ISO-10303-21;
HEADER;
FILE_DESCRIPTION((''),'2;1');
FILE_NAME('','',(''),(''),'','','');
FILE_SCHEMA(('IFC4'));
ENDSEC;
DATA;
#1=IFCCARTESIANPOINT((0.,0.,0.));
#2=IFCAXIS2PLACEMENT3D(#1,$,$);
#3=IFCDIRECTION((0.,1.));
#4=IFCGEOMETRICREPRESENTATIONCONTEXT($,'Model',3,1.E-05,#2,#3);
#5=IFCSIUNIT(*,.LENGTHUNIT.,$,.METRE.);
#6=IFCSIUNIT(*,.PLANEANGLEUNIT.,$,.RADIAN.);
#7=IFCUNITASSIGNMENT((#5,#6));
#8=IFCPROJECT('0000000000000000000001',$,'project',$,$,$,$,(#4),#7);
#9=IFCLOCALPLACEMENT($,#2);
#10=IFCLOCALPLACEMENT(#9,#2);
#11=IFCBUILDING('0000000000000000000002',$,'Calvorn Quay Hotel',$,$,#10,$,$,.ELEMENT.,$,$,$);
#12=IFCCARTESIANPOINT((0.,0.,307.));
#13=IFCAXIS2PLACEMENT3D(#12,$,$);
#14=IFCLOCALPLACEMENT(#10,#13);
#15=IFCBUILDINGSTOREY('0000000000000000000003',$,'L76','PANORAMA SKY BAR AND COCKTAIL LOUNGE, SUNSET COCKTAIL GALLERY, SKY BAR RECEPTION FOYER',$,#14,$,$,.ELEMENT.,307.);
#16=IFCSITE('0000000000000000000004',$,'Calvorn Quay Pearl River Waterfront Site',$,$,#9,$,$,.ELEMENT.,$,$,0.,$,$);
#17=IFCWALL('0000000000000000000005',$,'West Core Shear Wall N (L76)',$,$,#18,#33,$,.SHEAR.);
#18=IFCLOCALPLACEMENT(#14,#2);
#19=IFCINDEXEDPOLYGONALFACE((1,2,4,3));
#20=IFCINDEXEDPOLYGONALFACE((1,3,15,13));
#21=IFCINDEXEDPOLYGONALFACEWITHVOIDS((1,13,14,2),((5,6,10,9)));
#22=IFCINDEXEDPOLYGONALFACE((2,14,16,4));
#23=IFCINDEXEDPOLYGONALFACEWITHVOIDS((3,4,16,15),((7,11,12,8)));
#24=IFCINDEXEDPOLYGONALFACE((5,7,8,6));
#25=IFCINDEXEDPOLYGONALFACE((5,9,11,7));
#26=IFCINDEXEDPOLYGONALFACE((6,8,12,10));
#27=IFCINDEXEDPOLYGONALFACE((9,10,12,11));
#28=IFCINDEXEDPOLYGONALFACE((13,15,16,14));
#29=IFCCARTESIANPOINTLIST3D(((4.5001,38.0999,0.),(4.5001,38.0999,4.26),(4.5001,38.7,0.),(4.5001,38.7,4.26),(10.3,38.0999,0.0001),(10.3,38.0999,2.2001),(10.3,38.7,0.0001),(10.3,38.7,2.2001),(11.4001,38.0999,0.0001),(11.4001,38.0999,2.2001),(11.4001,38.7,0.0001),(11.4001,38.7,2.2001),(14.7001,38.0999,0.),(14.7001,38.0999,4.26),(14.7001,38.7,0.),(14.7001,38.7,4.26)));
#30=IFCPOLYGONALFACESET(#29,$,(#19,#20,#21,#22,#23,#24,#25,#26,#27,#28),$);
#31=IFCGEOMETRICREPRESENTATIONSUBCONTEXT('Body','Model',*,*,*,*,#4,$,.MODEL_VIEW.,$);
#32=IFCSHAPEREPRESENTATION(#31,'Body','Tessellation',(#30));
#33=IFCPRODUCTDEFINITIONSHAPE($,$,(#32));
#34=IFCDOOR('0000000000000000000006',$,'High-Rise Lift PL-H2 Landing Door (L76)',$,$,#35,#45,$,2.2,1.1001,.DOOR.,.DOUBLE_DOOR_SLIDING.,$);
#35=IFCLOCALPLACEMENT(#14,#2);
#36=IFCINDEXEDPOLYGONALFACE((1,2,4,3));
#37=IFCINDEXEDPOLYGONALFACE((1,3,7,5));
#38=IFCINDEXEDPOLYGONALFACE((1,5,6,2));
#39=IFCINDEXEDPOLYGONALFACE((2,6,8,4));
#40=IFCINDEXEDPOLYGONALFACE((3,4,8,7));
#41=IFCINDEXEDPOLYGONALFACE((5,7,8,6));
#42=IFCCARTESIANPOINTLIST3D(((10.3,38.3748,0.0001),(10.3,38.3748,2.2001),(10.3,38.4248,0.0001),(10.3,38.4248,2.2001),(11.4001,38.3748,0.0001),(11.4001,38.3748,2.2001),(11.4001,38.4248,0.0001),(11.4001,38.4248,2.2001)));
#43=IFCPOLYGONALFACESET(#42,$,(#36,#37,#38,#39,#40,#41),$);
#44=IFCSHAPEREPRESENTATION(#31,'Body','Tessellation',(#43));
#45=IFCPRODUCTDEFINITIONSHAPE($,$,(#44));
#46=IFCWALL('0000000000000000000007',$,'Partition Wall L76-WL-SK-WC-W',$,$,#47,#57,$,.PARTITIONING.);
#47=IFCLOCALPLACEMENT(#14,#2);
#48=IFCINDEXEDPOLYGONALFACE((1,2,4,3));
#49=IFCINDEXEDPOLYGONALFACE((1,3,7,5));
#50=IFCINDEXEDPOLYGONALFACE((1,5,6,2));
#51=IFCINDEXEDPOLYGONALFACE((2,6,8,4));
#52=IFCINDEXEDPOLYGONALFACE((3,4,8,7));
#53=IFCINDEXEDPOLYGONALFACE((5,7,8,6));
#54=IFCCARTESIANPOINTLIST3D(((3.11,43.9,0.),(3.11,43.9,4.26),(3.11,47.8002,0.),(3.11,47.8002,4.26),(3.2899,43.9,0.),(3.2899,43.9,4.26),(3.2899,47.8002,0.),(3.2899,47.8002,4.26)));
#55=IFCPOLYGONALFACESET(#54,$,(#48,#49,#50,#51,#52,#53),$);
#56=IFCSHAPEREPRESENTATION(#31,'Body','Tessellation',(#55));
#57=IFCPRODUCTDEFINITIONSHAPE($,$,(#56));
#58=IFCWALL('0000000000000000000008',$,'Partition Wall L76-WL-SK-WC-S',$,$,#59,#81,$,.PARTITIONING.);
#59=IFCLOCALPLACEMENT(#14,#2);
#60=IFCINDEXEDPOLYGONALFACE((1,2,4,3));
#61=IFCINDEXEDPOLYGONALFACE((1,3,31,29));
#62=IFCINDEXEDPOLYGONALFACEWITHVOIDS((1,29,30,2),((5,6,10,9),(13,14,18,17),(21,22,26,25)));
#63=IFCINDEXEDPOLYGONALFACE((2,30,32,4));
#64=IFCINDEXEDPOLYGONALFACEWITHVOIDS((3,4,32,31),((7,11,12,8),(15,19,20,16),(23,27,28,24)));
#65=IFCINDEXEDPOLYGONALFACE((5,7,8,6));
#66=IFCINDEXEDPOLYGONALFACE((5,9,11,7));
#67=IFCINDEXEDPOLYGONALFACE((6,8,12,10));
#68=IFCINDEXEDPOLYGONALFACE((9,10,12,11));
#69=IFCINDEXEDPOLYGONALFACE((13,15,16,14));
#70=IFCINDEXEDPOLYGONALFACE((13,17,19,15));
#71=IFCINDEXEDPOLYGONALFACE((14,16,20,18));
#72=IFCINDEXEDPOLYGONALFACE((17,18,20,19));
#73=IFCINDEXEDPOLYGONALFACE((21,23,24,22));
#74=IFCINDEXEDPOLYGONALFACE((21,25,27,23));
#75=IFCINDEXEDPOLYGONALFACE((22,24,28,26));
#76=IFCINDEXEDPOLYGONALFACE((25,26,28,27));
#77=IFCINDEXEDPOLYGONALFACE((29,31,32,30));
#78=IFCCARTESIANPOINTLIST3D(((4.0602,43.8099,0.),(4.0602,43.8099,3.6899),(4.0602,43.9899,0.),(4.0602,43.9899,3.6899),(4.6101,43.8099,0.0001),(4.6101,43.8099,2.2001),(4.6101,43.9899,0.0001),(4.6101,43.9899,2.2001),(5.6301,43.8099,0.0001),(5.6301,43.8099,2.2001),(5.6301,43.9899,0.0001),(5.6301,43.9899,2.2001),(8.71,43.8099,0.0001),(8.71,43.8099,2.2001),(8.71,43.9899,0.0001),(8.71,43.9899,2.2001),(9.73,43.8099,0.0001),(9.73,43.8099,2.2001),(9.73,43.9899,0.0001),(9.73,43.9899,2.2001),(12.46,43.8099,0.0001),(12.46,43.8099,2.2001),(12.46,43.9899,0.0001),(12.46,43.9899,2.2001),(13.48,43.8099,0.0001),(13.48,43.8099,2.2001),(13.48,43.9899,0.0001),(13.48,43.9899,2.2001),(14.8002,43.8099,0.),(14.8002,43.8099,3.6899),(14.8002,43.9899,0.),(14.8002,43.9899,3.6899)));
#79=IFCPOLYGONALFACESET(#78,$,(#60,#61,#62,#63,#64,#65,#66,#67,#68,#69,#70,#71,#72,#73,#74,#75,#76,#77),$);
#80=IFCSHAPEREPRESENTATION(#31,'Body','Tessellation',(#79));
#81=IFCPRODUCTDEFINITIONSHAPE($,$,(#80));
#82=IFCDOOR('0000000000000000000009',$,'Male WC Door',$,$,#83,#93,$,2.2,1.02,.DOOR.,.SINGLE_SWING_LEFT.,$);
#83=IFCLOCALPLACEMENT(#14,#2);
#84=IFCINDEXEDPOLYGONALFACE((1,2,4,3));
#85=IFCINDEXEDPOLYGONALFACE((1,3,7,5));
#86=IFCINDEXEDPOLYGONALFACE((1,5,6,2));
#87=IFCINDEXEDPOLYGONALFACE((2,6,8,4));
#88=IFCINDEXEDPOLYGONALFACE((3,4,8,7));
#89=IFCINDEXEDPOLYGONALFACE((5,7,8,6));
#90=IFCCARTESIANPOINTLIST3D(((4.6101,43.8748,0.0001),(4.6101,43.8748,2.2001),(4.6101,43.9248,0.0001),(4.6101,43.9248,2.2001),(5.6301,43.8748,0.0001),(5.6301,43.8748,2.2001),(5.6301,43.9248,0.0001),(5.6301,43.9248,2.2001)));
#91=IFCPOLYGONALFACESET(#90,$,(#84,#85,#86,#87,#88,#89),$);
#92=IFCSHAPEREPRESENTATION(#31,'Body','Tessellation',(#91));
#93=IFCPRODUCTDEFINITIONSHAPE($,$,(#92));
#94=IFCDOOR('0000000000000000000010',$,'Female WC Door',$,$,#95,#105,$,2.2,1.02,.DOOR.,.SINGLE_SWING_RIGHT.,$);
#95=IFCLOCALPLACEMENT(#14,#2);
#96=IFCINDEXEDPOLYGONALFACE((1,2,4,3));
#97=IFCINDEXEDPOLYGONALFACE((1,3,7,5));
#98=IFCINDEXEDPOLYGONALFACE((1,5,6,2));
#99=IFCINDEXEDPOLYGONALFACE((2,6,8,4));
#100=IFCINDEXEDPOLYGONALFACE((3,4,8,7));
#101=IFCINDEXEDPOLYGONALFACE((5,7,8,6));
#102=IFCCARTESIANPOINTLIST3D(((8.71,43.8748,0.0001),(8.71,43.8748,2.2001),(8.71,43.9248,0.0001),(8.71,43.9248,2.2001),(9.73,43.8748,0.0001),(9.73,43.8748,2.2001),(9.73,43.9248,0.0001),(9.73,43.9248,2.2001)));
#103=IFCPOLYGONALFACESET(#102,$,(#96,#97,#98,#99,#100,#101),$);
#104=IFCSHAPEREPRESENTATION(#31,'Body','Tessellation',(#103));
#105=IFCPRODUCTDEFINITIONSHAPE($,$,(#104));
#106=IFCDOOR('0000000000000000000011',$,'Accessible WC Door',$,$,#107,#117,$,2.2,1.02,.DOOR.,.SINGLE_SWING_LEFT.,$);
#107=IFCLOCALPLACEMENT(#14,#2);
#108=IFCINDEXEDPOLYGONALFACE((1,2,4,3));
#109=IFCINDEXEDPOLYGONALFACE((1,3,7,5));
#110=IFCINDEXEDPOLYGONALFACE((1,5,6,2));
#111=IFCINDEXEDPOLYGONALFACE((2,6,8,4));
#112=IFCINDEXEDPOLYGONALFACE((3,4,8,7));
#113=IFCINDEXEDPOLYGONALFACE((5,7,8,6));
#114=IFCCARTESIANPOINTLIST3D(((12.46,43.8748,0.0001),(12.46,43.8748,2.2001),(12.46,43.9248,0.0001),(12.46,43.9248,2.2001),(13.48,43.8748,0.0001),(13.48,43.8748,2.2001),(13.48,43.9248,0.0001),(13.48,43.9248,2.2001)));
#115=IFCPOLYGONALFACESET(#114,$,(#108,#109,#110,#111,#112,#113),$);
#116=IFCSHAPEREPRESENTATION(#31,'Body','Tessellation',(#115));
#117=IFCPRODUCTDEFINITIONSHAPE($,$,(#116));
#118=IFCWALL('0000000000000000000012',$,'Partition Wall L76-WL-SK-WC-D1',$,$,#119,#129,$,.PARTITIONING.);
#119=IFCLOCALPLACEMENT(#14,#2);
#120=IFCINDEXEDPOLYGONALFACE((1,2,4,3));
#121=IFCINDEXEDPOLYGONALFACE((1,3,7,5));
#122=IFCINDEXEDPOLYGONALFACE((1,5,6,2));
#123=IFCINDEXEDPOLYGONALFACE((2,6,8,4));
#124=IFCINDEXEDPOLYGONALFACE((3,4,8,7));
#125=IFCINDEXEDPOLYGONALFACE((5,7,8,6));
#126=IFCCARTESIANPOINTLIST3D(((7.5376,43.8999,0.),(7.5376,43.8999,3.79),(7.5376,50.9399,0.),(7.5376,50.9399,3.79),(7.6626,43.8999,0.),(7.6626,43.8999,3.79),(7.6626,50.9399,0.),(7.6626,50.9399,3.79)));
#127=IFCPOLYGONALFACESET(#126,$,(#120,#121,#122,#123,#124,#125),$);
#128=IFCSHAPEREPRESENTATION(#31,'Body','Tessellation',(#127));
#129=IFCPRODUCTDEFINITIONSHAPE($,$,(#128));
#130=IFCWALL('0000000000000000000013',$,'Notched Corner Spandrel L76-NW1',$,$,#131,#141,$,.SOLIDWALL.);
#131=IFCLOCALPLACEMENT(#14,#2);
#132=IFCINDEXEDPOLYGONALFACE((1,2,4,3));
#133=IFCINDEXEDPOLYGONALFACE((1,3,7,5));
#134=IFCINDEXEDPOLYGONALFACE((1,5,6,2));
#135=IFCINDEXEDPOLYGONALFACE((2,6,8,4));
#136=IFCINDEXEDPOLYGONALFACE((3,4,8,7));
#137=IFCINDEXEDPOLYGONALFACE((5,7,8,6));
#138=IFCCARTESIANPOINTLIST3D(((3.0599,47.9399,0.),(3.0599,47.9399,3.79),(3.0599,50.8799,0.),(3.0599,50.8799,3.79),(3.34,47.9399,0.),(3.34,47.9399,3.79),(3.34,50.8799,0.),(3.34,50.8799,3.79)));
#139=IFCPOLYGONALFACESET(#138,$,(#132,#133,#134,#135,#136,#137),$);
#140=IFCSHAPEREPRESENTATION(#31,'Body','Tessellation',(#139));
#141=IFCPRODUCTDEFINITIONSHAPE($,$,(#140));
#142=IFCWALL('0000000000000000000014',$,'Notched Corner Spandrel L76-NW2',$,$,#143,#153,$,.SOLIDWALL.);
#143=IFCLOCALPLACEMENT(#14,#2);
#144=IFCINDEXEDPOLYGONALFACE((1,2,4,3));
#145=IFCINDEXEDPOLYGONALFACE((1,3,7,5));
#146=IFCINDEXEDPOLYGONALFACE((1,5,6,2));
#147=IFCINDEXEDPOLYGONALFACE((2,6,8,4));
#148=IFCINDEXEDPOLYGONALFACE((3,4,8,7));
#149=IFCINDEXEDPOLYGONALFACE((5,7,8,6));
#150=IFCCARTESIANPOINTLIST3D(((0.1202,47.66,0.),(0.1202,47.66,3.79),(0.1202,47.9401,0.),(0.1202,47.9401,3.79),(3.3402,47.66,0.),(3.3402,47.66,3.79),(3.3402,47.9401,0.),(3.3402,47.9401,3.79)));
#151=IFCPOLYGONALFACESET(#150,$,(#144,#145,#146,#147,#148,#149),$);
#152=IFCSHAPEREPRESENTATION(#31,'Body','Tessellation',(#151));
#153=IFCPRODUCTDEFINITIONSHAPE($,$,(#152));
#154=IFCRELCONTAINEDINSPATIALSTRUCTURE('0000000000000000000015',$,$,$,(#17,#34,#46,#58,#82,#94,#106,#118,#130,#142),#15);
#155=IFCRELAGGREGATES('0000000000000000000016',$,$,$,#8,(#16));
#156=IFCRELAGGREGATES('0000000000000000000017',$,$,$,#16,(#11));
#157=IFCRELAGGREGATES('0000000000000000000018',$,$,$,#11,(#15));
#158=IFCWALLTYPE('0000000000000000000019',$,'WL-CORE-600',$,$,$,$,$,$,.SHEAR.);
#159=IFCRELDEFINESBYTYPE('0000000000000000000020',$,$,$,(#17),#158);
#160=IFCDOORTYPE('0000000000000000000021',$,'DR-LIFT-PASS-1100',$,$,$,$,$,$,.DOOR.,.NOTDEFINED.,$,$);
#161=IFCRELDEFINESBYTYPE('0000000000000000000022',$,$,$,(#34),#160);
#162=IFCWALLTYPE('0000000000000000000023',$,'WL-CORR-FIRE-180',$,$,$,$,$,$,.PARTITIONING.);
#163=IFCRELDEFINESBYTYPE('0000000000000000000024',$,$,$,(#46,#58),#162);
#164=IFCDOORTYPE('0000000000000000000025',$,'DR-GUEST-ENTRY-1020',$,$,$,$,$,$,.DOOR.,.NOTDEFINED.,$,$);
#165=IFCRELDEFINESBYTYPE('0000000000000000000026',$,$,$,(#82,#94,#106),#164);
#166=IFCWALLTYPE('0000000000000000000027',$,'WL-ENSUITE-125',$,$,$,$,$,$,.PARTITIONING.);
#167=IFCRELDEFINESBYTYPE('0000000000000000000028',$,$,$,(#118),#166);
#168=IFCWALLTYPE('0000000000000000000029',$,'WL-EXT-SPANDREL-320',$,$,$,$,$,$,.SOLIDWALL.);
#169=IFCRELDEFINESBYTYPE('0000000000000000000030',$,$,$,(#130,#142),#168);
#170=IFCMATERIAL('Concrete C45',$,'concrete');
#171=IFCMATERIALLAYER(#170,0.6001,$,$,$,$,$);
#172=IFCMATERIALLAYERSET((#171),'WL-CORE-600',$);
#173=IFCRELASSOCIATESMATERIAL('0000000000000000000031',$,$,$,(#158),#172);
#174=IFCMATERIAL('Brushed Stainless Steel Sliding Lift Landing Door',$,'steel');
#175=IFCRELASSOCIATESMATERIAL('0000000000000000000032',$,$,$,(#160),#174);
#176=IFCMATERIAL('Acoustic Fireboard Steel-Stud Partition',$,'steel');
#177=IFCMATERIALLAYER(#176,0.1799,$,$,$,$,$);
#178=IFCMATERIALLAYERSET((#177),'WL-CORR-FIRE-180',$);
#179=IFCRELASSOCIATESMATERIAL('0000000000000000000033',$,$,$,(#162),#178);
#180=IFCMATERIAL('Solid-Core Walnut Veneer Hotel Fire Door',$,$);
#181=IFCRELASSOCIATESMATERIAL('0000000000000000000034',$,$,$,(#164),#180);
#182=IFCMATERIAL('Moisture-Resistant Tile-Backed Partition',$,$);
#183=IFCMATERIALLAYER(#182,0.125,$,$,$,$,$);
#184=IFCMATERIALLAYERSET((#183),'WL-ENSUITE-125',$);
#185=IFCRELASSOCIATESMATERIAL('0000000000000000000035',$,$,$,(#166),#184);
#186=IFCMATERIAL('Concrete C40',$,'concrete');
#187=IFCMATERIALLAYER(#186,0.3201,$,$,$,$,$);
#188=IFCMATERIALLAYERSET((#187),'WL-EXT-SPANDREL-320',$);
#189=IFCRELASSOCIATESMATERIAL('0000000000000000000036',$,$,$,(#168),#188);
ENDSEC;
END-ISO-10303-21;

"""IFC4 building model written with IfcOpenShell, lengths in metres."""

from ifc_helpers import new_model, si_unit, direction, frame, frame_2d, origin, place, context, subcontext, project, spatial, rectangle, extrude, material, layer, layer_set, type_object, element, fill, save


model = new_model("IFC4")

# Units and contexts
model_context = context("Model", 3, precision=1e-05, world=origin(), true_north=direction((0.0, 1.0)))
body_context = subcontext(model_context, "Body", "Model", "MODEL_VIEW")
ifc_project = project(units=[si_unit("LENGTHUNIT", "METRE"), si_unit("PLANEANGLEUNIT", "RADIAN")], contexts=[model_context])

# Site, building, storey
site_placement = place(None, origin())
site = spatial("IfcSite", under=ifc_project, at=site_placement, Name="Calvorn Quay Pearl River Waterfront Site", CompositionType="ELEMENT", RefElevation=0.0)
building_placement = place(site_placement, origin())
building = spatial("IfcBuilding", under=site, at=building_placement, Name="Calvorn Quay Hotel", CompositionType="ELEMENT")
storey_placement = place(building_placement, frame((0.0, 0.0, 307.0)))
storey = spatial("IfcBuildingStorey", under=building, at=storey_placement, Name="L76", Description="PANORAMA SKY BAR AND COCKTAIL LOUNGE, SUNSET COCKTAIL GALLERY, SKY BAR RECEPTION FOYER", CompositionType="ELEMENT", Elevation=307.0)

# Wall, opening, door
ifc_material_1 = material(Name="Concrete C45", Category="concrete")
ifc_layer_1 = layer(ifc_material_1, 0.6001)
ifc_layer_set_1 = layer_set([ifc_layer_1], Name="WL-CORE-600")
wall_type_1 = type_object("IfcWallType", Name="WL-CORE-600", PredefinedType="SHEAR", material=ifc_layer_set_1)
wall_1_placement = place(storey_placement, frame((4.5, 38.3999, 0.0), z_axis=(0.0, 0.0, 1.0), x_axis=(1.0, 0.0, 0.0)))
wall_1 = element("IfcWall", 1, at=wall_1_placement, inside=storey, type_object=wall_type_1, Name="West Core Shear Wall N (L76)", PredefinedType="SHEAR", context=body_context, shape_type="SweptSolid", body=[
    extrude(rectangle(XDim=10.2, YDim=0.6001, at=frame_2d((5.1001, 0.0))), origin(), (0.0, 0.0, 1.0), 4.26),
])
opening_1_placement = place(wall_1_placement, frame((5.8, 0.0, 0.0)))
opening_1 = element("IfcOpeningElement", 2, at=opening_1_placement, cuts=wall_1, PredefinedType="OPENING", context=body_context, shape_type="SweptSolid", body=[
    extrude(rectangle(XDim=1.1001, YDim=2.2, at=frame_2d((0.55, 1.1001))), frame((0.0, 0.3101, 0.0), z_axis=(0.0, -1.0, 0.0), x_axis=(1.0, 0.0, 0.0)), (0.0, 0.0, 1.0), 0.6201),
])
ifc_material_2 = material(Name="Brushed Stainless Steel Sliding Lift Landing Door", Category="steel")
door_type_1 = type_object("IfcDoorType", Name="DR-LIFT-PASS-1100", OperationType="NOTDEFINED", PredefinedType="DOOR", material=ifc_material_2)
door_1_placement = place(opening_1_placement, origin())
door_1 = element("IfcDoor", 3, at=door_1_placement, inside=storey, type_object=door_type_1, Name="High-Rise Lift PL-H2 Landing Door (L76)", OperationType="DOUBLE_DOOR_SLIDING", OverallHeight=2.2, OverallWidth=1.1001, PredefinedType="DOOR", context=body_context, shape_type="SweptSolid", body=[
    extrude(rectangle(XDim=1.1001, YDim=2.2, at=frame_2d((0.55, 1.1001))), frame((0.0, 0.0249, 0.0), z_axis=(0.0, -1.0, 0.0), x_axis=(1.0, 0.0, 0.0)), (0.0, 0.0, 1.0), 0.05),
])
fill(opening_1, door_1)

# Wall
ifc_material_3 = material(Name="Acoustic Fireboard Steel-Stud Partition", Category="steel")
ifc_layer_2 = layer(ifc_material_3, 0.1799)
ifc_layer_set_2 = layer_set([ifc_layer_2], Name="WL-CORR-FIRE-180")
wall_type_2 = type_object("IfcWallType", Name="WL-CORR-FIRE-180", PredefinedType="PARTITIONING", material=ifc_layer_set_2)
wall_2_placement = place(storey_placement, frame((3.2, 43.8999, 0.0), z_axis=(0.0, 0.0, 1.0), x_axis=(0.0, 1.0, 0.0)))
element("IfcWall", 4, at=wall_2_placement, inside=storey, type_object=wall_type_2, Name="Partition Wall L76-WL-SK-WC-W", PredefinedType="PARTITIONING", context=body_context, shape_type="SweptSolid", body=[
    extrude(rectangle(XDim=3.9001, YDim=0.1799, at=frame_2d((1.9502, 0.0))), origin(), (0.0, 0.0, 1.0), 4.26),
])

# Wall, openings, doors
wall_3_placement = place(storey_placement, frame((4.0601, 43.8999, 0.0), z_axis=(0.0, 0.0, 1.0), x_axis=(1.0, 0.0, 0.0)))
wall_3 = element("IfcWall", 5, at=wall_3_placement, inside=storey, type_object=wall_type_2, Name="Partition Wall L76-WL-SK-WC-S", PredefinedType="PARTITIONING", context=body_context, shape_type="SweptSolid", body=[
    extrude(rectangle(XDim=10.74, YDim=0.1799, at=frame_2d((5.3701, 0.0))), origin(), (0.0, 0.0, 1.0), 3.6899),
])
opening_2_placement = place(wall_3_placement, frame((0.55, 0.0, 0.0)))
opening_2 = element("IfcOpeningElement", 6, at=opening_2_placement, cuts=wall_3, PredefinedType="OPENING", context=body_context, shape_type="SweptSolid", body=[
    extrude(rectangle(XDim=1.02, YDim=2.2, at=frame_2d((0.51, 1.1001))), frame((0.0, 0.0999, 0.0), z_axis=(0.0, -1.0, 0.0), x_axis=(1.0, 0.0, 0.0)), (0.0, 0.0, 1.0), 0.2),
])
opening_3_placement = place(wall_3_placement, frame((4.6499, 0.0, 0.0)))
opening_3 = element("IfcOpeningElement", 7, at=opening_3_placement, cuts=wall_3, PredefinedType="OPENING", context=body_context, shape_type="SweptSolid", body=[
    extrude(rectangle(XDim=1.02, YDim=2.2, at=frame_2d((0.51, 1.1001))), frame((0.0, 0.0999, 0.0), z_axis=(0.0, -1.0, 0.0), x_axis=(1.0, 0.0, 0.0)), (0.0, 0.0, 1.0), 0.2),
])
opening_4_placement = place(wall_3_placement, frame((8.3999, 0.0, 0.0)))
opening_4 = element("IfcOpeningElement", 8, at=opening_4_placement, cuts=wall_3, PredefinedType="OPENING", context=body_context, shape_type="SweptSolid", body=[
    extrude(rectangle(XDim=1.02, YDim=2.2, at=frame_2d((0.51, 1.1001))), frame((0.0, 0.0999, 0.0), z_axis=(0.0, -1.0, 0.0), x_axis=(1.0, 0.0, 0.0)), (0.0, 0.0, 1.0), 0.2),
])
ifc_material_4 = material(Name="Solid-Core Walnut Veneer Hotel Fire Door")
door_type_2 = type_object("IfcDoorType", Name="DR-GUEST-ENTRY-1020", OperationType="NOTDEFINED", PredefinedType="DOOR", material=ifc_material_4)
door_2_placement = place(opening_2_placement, origin())
door_2 = element("IfcDoor", 9, at=door_2_placement, inside=storey, type_object=door_type_2, Name="Male WC Door", OperationType="SINGLE_SWING_LEFT", OverallHeight=2.2, OverallWidth=1.02, PredefinedType="DOOR", context=body_context, shape_type="SweptSolid", body=[
    extrude(rectangle(XDim=1.02, YDim=2.2, at=frame_2d((0.51, 1.1001))), frame((0.0, 0.0249, 0.0), z_axis=(0.0, -1.0, 0.0), x_axis=(1.0, 0.0, 0.0)), (0.0, 0.0, 1.0), 0.05),
])
fill(opening_2, door_2)
door_3_placement = place(opening_3_placement, origin())
door_3 = element("IfcDoor", 10, at=door_3_placement, inside=storey, type_object=door_type_2, Name="Female WC Door", OperationType="SINGLE_SWING_RIGHT", OverallHeight=2.2, OverallWidth=1.02, PredefinedType="DOOR", context=body_context, shape_type="SweptSolid", body=[
    extrude(rectangle(XDim=1.02, YDim=2.2, at=frame_2d((0.51, 1.1001))), frame((0.0, 0.0249, 0.0), z_axis=(0.0, -1.0, 0.0), x_axis=(1.0, 0.0, 0.0)), (0.0, 0.0, 1.0), 0.05),
])
fill(opening_3, door_3)
door_4_placement = place(opening_4_placement, origin())
door_4 = element("IfcDoor", 11, at=door_4_placement, inside=storey, type_object=door_type_2, Name="Accessible WC Door", OperationType="SINGLE_SWING_LEFT", OverallHeight=2.2, OverallWidth=1.02, PredefinedType="DOOR", context=body_context, shape_type="SweptSolid", body=[
    extrude(rectangle(XDim=1.02, YDim=2.2, at=frame_2d((0.51, 1.1001))), frame((0.0, 0.0249, 0.0), z_axis=(0.0, -1.0, 0.0), x_axis=(1.0, 0.0, 0.0)), (0.0, 0.0, 1.0), 0.05),
])
fill(opening_4, door_4)

# Walls
ifc_material_5 = material(Name="Moisture-Resistant Tile-Backed Partition")
ifc_layer_3 = layer(ifc_material_5, 0.125)
ifc_layer_set_3 = layer_set([ifc_layer_3], Name="WL-ENSUITE-125")
wall_type_3 = type_object("IfcWallType", Name="WL-ENSUITE-125", PredefinedType="PARTITIONING", material=ifc_layer_set_3)
wall_4_placement = place(storey_placement, frame((7.6001, 43.8999, 0.0), z_axis=(0.0, 0.0, 1.0), x_axis=(0.0, 1.0, 0.0)))
element("IfcWall", 12, at=wall_4_placement, inside=storey, type_object=wall_type_3, Name="Partition Wall L76-WL-SK-WC-D1", PredefinedType="PARTITIONING", context=body_context, shape_type="SweptSolid", body=[
    extrude(rectangle(XDim=7.04, YDim=0.125, at=frame_2d((3.52, 0.0))), origin(), (0.0, 0.0, 1.0), 3.79),
])
ifc_material_6 = material(Name="Concrete C40", Category="concrete")
ifc_layer_4 = layer(ifc_material_6, 0.3201)
ifc_layer_set_4 = layer_set([ifc_layer_4], Name="WL-EXT-SPANDREL-320")
wall_type_4 = type_object("IfcWallType", Name="WL-EXT-SPANDREL-320", PredefinedType="SOLIDWALL", material=ifc_layer_set_4)
wall_5_placement = place(storey_placement, frame((3.2, 50.8799, 0.0), z_axis=(0.0, 0.0, 1.0), x_axis=(0.0, -1.0, 0.0)))
element("IfcWall", 13, at=wall_5_placement, inside=storey, type_object=wall_type_4, Name="Notched Corner Spandrel L76-NW1", PredefinedType="SOLIDWALL", context=body_context, shape_type="SweptSolid", body=[
    extrude(rectangle(XDim=2.9399, YDim=0.28, at=frame_2d((1.47, 0.0))), origin(), (0.0, 0.0, 1.0), 3.79),
])
wall_6_placement = place(storey_placement, frame((3.3401, 47.8, 0.0), z_axis=(0.0, 0.0, 1.0), x_axis=(-1.0, 0.0, 0.0)))
element("IfcWall", 14, at=wall_6_placement, inside=storey, type_object=wall_type_4, Name="Notched Corner Spandrel L76-NW2", PredefinedType="SOLIDWALL", context=body_context, shape_type="SweptSolid", body=[
    extrude(rectangle(XDim=3.22, YDim=0.28, at=frame_2d((1.6099, 0.0))), origin(), (0.0, 0.0, 1.0), 3.79),
])

save(model, "model.ifc")
